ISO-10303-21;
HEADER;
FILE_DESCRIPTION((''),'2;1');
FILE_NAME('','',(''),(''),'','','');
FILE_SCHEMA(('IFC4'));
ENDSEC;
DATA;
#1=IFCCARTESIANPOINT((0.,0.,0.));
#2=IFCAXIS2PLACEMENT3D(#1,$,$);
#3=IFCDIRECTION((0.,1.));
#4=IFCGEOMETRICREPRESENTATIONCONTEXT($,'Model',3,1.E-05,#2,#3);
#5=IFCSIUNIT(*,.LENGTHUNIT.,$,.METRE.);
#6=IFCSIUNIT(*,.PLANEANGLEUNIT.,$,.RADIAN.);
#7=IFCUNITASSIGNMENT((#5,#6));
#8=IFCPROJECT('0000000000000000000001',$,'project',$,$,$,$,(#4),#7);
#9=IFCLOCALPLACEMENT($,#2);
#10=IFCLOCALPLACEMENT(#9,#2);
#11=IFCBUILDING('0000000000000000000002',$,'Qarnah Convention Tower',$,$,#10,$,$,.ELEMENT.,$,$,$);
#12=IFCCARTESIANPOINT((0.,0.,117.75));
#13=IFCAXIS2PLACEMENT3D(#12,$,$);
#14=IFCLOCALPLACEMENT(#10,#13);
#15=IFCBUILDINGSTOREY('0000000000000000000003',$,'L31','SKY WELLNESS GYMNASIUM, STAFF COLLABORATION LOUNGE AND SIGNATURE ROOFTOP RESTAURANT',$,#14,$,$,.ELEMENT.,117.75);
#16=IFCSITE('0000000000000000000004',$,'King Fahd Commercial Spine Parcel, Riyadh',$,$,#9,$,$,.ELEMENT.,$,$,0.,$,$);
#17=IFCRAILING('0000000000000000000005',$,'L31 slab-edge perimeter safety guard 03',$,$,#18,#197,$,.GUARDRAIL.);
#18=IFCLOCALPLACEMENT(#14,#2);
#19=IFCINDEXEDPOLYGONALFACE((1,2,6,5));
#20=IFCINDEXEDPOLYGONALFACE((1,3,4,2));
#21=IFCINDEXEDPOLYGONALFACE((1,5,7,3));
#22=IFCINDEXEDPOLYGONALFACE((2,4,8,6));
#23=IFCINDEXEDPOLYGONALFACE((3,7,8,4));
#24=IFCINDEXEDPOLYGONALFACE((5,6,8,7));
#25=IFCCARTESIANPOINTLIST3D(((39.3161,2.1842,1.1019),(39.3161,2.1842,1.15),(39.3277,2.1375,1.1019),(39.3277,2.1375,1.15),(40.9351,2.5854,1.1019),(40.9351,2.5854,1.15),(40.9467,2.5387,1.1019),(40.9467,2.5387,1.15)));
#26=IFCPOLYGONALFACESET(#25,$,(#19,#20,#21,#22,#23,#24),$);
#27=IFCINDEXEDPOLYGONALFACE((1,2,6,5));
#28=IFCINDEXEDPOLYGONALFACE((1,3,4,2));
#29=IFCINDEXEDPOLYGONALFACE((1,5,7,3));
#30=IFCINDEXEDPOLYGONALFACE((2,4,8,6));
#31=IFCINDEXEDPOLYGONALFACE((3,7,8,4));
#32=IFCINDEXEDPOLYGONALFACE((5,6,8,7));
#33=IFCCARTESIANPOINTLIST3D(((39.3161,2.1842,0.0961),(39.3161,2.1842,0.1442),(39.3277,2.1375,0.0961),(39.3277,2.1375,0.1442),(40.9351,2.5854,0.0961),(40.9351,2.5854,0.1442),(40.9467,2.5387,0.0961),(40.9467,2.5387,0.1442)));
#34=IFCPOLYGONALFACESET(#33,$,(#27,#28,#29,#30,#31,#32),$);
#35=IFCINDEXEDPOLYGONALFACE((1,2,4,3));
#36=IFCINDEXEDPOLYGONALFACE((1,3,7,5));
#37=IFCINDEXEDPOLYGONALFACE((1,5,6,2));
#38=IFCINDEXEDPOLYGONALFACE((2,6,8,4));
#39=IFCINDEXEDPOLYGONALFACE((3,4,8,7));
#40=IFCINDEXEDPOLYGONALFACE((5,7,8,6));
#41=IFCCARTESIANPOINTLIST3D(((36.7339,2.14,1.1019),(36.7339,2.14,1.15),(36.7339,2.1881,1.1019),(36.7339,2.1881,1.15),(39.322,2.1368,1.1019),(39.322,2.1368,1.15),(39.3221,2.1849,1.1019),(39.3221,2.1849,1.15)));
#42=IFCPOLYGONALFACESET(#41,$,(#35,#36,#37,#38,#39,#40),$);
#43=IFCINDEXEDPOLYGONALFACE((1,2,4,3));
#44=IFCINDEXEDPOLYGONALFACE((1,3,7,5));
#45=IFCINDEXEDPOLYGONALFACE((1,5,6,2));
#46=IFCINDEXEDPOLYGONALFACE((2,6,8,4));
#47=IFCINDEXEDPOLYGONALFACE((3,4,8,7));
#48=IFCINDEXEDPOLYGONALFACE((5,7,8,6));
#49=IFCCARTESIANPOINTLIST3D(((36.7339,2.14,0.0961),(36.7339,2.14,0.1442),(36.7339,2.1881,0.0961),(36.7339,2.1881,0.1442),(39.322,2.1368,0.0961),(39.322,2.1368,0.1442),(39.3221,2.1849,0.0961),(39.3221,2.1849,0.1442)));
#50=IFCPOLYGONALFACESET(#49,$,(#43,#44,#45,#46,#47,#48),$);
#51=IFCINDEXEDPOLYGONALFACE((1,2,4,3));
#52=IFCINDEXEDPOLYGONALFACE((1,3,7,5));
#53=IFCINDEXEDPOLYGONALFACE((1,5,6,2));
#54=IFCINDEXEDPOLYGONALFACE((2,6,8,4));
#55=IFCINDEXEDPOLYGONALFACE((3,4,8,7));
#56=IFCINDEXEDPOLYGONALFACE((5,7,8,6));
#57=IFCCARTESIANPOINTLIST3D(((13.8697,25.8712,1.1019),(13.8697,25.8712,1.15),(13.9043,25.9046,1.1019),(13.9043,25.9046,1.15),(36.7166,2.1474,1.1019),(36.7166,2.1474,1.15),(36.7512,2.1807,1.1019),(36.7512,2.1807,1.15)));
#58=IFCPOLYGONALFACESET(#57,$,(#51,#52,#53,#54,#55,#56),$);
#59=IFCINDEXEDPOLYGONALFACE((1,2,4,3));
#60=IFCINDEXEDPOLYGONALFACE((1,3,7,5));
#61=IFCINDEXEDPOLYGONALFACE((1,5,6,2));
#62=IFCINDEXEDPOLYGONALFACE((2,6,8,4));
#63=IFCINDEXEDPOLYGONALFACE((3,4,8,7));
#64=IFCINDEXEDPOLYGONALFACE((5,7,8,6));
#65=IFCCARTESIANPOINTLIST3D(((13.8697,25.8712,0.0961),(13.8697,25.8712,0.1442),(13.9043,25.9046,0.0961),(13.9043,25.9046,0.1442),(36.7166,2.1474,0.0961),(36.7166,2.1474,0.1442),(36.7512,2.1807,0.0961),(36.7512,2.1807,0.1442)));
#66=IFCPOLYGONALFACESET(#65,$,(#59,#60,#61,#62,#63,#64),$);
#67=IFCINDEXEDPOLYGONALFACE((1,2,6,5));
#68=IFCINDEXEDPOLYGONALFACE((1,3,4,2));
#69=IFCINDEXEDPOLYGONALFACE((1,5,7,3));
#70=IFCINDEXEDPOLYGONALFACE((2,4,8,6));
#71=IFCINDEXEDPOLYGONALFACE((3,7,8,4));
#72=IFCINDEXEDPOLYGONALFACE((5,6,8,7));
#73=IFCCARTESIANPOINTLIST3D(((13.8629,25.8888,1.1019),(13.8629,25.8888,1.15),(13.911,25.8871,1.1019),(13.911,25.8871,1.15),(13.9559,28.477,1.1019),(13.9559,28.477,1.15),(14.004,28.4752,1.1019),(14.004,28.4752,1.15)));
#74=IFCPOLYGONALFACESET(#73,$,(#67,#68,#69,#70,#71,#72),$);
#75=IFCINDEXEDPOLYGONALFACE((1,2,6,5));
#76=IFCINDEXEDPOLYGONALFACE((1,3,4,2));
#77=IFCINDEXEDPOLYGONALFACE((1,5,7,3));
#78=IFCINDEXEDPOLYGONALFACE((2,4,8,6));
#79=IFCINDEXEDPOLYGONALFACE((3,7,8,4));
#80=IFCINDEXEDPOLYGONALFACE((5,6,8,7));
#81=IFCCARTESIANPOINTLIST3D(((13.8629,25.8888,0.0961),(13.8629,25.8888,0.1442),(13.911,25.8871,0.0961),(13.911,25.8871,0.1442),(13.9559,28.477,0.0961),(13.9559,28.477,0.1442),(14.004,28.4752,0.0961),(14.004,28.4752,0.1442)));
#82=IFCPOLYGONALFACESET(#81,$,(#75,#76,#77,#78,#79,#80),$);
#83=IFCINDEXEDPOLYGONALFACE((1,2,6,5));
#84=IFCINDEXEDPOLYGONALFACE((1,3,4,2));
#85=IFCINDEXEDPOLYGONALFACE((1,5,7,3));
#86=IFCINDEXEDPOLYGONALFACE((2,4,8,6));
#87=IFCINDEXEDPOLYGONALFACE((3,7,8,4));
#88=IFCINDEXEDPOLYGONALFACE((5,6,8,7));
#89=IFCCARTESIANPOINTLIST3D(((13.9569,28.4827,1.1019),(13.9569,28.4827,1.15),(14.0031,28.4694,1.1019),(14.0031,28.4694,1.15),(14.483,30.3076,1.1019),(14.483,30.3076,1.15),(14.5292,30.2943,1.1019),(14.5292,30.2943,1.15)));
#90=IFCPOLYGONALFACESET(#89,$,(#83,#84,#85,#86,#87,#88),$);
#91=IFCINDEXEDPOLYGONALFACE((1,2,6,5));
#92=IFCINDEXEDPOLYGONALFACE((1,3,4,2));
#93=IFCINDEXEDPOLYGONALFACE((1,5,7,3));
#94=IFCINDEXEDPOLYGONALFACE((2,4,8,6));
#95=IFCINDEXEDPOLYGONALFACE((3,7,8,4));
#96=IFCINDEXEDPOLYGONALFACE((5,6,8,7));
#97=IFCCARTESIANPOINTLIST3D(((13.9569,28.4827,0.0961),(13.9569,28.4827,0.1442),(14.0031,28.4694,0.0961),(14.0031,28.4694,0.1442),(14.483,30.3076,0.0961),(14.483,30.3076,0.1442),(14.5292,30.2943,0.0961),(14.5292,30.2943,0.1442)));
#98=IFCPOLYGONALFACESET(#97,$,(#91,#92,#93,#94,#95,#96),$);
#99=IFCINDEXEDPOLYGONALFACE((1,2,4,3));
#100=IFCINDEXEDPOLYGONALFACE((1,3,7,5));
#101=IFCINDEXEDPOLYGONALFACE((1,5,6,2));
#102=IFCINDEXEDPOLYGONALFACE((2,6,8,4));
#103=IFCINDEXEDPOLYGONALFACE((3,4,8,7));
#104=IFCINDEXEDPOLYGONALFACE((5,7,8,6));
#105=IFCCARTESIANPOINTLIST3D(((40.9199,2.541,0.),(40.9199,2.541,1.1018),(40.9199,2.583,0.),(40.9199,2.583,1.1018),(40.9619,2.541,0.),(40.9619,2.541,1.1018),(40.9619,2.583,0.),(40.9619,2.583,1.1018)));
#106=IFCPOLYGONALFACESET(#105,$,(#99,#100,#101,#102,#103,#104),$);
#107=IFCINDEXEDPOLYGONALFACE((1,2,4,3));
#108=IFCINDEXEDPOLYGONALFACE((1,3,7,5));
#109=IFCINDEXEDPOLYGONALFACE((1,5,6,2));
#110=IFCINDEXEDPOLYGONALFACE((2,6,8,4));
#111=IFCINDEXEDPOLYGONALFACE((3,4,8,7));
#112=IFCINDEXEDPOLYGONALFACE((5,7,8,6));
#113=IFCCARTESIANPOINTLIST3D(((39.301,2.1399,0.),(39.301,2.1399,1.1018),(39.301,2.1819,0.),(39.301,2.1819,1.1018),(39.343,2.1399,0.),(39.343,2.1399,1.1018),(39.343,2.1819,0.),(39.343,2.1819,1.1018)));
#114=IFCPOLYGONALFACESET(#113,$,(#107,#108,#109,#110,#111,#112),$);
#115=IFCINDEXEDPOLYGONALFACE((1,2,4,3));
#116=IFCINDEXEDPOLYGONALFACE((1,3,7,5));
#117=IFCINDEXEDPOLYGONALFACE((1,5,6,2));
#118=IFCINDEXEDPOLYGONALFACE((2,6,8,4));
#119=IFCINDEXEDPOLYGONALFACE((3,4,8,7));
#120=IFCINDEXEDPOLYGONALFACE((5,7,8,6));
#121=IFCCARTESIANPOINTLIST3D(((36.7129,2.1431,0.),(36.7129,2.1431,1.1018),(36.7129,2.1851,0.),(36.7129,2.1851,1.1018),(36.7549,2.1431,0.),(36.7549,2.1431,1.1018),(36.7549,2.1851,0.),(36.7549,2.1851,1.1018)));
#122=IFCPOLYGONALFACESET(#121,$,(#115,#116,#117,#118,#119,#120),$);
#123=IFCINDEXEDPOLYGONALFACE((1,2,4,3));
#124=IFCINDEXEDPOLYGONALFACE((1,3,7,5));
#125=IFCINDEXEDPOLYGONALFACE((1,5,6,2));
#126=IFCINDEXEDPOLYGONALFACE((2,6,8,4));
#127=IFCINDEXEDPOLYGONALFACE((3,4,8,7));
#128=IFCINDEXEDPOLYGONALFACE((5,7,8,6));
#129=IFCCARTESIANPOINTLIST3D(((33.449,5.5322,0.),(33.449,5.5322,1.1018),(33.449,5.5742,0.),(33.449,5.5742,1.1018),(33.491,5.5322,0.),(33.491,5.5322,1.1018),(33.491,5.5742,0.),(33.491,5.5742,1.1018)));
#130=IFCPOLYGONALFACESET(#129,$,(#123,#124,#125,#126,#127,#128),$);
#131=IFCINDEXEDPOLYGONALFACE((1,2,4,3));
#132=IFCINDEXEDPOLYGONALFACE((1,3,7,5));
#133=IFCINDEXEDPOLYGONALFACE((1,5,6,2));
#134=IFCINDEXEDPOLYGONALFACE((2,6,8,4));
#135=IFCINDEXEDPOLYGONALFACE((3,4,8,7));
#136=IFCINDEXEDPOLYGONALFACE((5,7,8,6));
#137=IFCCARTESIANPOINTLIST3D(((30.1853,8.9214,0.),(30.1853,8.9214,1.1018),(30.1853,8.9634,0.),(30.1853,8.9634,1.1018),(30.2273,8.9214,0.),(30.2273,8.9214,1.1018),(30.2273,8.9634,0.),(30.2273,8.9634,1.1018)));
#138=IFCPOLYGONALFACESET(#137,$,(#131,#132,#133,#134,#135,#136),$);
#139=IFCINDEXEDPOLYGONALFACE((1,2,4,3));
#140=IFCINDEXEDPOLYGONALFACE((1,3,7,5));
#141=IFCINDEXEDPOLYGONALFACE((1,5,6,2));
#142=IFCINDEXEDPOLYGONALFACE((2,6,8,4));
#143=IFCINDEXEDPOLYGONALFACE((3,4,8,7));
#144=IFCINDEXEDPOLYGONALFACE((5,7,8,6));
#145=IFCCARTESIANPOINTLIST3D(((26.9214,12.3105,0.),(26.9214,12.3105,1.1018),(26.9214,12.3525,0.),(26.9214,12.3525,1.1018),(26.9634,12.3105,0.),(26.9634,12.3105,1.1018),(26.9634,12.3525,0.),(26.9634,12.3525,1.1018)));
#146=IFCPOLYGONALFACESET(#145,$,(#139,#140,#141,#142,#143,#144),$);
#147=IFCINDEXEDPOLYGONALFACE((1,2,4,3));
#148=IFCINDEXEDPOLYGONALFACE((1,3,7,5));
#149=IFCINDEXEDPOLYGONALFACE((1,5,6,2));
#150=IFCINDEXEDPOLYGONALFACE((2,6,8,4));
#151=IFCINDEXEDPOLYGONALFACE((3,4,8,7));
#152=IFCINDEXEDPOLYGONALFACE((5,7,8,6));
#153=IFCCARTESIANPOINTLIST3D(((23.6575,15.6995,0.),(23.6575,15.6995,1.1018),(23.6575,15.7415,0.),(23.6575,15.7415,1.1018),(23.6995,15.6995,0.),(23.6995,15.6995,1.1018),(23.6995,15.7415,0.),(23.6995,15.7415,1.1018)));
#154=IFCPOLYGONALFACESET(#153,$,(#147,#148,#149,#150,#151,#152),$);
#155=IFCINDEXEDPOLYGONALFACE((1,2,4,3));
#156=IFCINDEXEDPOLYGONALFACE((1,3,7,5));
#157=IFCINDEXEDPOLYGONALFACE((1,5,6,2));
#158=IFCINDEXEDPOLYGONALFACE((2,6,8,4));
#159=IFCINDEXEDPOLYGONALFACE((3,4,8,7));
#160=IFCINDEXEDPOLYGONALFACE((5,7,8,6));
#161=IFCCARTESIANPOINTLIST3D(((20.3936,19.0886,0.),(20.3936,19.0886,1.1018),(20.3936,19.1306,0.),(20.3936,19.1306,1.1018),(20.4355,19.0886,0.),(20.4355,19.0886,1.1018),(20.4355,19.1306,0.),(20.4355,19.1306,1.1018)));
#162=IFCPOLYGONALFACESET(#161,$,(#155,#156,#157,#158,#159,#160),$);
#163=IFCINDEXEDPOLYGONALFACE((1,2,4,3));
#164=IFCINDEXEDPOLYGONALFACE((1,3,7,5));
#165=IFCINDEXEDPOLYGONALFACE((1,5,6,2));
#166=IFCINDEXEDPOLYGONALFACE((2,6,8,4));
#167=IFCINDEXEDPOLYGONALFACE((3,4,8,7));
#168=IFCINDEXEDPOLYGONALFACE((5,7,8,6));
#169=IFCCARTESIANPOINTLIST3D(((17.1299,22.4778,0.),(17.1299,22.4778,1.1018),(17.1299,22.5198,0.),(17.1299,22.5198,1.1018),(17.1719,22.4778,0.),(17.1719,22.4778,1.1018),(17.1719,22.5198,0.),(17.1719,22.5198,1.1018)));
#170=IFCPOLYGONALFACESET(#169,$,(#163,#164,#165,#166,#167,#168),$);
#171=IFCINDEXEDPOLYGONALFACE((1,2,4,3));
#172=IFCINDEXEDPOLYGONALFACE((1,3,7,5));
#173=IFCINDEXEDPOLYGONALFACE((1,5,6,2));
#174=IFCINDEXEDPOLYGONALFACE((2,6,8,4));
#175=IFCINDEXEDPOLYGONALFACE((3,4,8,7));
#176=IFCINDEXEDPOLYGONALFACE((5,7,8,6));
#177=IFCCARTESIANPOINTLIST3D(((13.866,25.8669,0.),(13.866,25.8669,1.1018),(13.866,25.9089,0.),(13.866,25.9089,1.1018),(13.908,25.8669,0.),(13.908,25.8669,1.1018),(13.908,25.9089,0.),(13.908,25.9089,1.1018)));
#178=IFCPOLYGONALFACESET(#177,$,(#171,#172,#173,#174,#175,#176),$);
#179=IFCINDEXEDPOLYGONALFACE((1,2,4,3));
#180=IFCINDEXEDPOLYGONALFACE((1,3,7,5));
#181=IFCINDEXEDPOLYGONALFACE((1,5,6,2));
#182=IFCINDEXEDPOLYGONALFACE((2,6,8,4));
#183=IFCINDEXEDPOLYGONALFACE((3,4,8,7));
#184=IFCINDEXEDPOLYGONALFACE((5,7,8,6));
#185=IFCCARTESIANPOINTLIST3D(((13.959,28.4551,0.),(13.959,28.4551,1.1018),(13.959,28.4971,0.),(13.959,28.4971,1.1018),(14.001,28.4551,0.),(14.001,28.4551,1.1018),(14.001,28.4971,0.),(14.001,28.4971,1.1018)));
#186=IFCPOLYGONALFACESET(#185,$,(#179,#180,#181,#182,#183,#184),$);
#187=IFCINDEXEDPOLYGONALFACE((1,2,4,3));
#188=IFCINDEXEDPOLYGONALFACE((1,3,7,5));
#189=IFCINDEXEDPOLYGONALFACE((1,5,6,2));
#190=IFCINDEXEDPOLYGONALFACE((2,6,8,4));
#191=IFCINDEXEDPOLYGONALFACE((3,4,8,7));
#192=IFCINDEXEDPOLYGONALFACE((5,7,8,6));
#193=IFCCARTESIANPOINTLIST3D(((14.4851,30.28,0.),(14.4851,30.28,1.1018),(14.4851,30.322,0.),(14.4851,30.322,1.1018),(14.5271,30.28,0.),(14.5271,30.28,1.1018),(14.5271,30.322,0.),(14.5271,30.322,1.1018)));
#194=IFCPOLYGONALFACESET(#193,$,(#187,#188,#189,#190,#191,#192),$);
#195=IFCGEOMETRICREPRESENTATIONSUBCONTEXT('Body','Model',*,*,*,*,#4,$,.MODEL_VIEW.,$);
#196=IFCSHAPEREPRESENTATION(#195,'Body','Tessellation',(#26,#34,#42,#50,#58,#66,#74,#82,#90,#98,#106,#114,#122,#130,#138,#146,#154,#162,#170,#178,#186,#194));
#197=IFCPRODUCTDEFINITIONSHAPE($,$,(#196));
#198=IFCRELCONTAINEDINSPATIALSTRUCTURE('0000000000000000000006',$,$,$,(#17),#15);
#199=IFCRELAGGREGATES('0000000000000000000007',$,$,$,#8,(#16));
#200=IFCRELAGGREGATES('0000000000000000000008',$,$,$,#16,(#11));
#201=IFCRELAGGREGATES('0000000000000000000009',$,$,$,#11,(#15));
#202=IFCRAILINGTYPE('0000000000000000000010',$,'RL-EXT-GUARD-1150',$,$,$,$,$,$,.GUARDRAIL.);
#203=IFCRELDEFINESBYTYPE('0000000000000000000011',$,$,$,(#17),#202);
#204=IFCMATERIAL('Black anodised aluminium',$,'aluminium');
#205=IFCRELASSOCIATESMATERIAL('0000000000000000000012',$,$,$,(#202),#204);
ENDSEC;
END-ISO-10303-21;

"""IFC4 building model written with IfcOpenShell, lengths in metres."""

from ifc_helpers import new_model, si_unit, direction, frame, origin, origin_2d, place, context, subcontext, project, spatial, rectangle, extrude, material, type_object, element, save


model = new_model("IFC4")

# Units and contexts
model_context = context("Model", 3, precision=1e-05, world=origin(), true_north=direction((0.0, 1.0)))
body_context = subcontext(model_context, "Body", "Model", "MODEL_VIEW")
ifc_project = project(units=[si_unit("LENGTHUNIT", "METRE"), si_unit("PLANEANGLEUNIT", "RADIAN")], contexts=[model_context])

# Site, building, storey
site_placement = place(None, origin())
site = spatial("IfcSite", under=ifc_project, at=site_placement, Name="King Fahd Commercial Spine Parcel, Riyadh", CompositionType="ELEMENT", RefElevation=0.0)
building_placement = place(site_placement, origin())
building = spatial("IfcBuilding", under=site, at=building_placement, Name="Qarnah Convention Tower", CompositionType="ELEMENT")
storey_placement = place(building_placement, frame((0.0, 0.0, 117.75)))
storey = spatial("IfcBuildingStorey", under=building, at=storey_placement, Name="L31", Description="SKY WELLNESS GYMNASIUM, STAFF COLLABORATION LOUNGE AND SIGNATURE ROOFTOP RESTAURANT", CompositionType="ELEMENT", Elevation=117.75)

# Shared definitions
ifc_material_1 = material(Name="Black anodised aluminium", Category="aluminium")

# Railing
railing_type = type_object("IfcRailingType", Name="RL-EXT-GUARD-1150", PredefinedType="GUARDRAIL", material=ifc_material_1)
railing_1_placement = place(storey_placement, frame((40.9409, 2.562, 0.0)))
element("IfcRailing", 1, at=railing_1_placement, inside=storey, type_object=railing_type, Name="L31 slab-edge perimeter safety guard 03", PredefinedType="GUARDRAIL", context=body_context, shape_type="SweptSolid", body=[
    extrude(rectangle(XDim=0.0481, YDim=0.0481, at=origin_2d()), frame((0.0, 0.0, 1.126), z_axis=(-0.970648, -0.240503, 0.0), x_axis=(0.240503, -0.970648, 0.0)), (0.0, 0.0, 1.0), 1.668),
    extrude(rectangle(XDim=0.0481, YDim=0.0481, at=origin_2d()), frame((0.0, 0.0, 0.1201), z_axis=(-0.970648, -0.240503, 0.0), x_axis=(0.240503, -0.970648, 0.0)), (0.0, 0.0, 1.0), 1.668),
    extrude(rectangle(XDim=0.0481, YDim=0.0481, at=origin_2d()), frame((-1.6189, -0.4011, 1.126), z_axis=(-0.999999, 0.001226, 0.0), x_axis=(-0.001226, -0.999999, 0.0)), (0.0, 0.0, 1.0), 2.5881),
    extrude(rectangle(XDim=0.0481, YDim=0.0481, at=origin_2d()), frame((-1.6189, -0.4011, 0.1201), z_axis=(-0.999999, 0.001226, 0.0), x_axis=(-0.001226, -0.999999, 0.0)), (0.0, 0.0, 1.0), 2.5881),
    extrude(rectangle(XDim=0.0481, YDim=0.0481, at=origin_2d()), frame((-4.207, -0.3979, 1.126), z_axis=(-0.693669, 0.720294, 0.0), x_axis=(-0.720294, -0.693669, 0.0)), (0.0, 0.0, 1.0), 32.9363),
    extrude(rectangle(XDim=0.0481, YDim=0.0481, at=origin_2d()), frame((-4.207, -0.3979, 0.1201), z_axis=(-0.693669, 0.720294, 0.0), x_axis=(-0.720294, -0.693669, 0.0)), (0.0, 0.0, 1.0), 32.9363),
    extrude(rectangle(XDim=0.0481, YDim=0.0481, at=origin_2d()), frame((-27.054, 23.3259, 1.126), z_axis=(0.035917, 0.999355, 0.0), x_axis=(-0.999355, 0.035917, 0.0)), (0.0, 0.0, 1.0), 2.5898),
    extrude(rectangle(XDim=0.0481, YDim=0.0481, at=origin_2d()), frame((-27.054, 23.3259, 0.1201), z_axis=(0.035917, 0.999355, 0.0), x_axis=(-0.999355, 0.035917, 0.0)), (0.0, 0.0, 1.0), 2.5898),
    extrude(rectangle(XDim=0.0481, YDim=0.0481, at=origin_2d()), frame((-26.9609, 25.9141, 1.126), z_axis=(0.277012, 0.960866, 0.0), x_axis=(-0.960866, 0.277012, 0.0)), (0.0, 0.0, 1.0), 1.8992),
    extrude(rectangle(XDim=0.0481, YDim=0.0481, at=origin_2d()), frame((-26.9609, 25.9141, 0.1201), z_axis=(0.277012, 0.960866, 0.0), x_axis=(-0.960866, 0.277012, 0.0)), (0.0, 0.0, 1.0), 1.8992),
    extrude(rectangle(XDim=0.042, YDim=0.042, at=origin_2d()), origin(), (0.0, 0.0, 1.0), 1.1018),
    extrude(rectangle(XDim=0.042, YDim=0.042, at=origin_2d()), frame((-1.6189, -0.4011, 0.0)), (0.0, 0.0, 1.0), 1.1018),
    extrude(rectangle(XDim=0.042, YDim=0.042, at=origin_2d()), frame((-4.207, -0.3979, 0.0)), (0.0, 0.0, 1.0), 1.1018),
    extrude(rectangle(XDim=0.042, YDim=0.042, at=origin_2d()), frame((-7.4709, 2.9912, 0.0)), (0.0, 0.0, 1.0), 1.1018),
    extrude(rectangle(XDim=0.042, YDim=0.042, at=origin_2d()), frame((-10.7346, 6.3804, 0.0)), (0.0, 0.0, 1.0), 1.1018),
    extrude(rectangle(XDim=0.042, YDim=0.042, at=origin_2d()), frame((-13.9985, 9.7695, 0.0)), (0.0, 0.0, 1.0), 1.1018),
    extrude(rectangle(XDim=0.042, YDim=0.042, at=origin_2d()), frame((-17.2625, 13.1584, 0.0)), (0.0, 0.0, 1.0), 1.1018),
    extrude(rectangle(XDim=0.042, YDim=0.042, at=origin_2d()), frame((-20.5264, 16.5476, 0.0)), (0.0, 0.0, 1.0), 1.1018),
    extrude(rectangle(XDim=0.042, YDim=0.042, at=origin_2d()), frame((-23.79, 19.9368, 0.0)), (0.0, 0.0, 1.0), 1.1018),
    extrude(rectangle(XDim=0.042, YDim=0.042, at=origin_2d()), frame((-27.054, 23.3259, 0.0)), (0.0, 0.0, 1.0), 1.1018),
    extrude(rectangle(XDim=0.042, YDim=0.042, at=origin_2d()), frame((-26.9609, 25.9141, 0.0)), (0.0, 0.0, 1.0), 1.1018),
    extrude(rectangle(XDim=0.042, YDim=0.042, at=origin_2d()), frame((-26.4348, 27.739, 0.0)), (0.0, 0.0, 1.0), 1.1018),
])

save(model, "model.ifc")
